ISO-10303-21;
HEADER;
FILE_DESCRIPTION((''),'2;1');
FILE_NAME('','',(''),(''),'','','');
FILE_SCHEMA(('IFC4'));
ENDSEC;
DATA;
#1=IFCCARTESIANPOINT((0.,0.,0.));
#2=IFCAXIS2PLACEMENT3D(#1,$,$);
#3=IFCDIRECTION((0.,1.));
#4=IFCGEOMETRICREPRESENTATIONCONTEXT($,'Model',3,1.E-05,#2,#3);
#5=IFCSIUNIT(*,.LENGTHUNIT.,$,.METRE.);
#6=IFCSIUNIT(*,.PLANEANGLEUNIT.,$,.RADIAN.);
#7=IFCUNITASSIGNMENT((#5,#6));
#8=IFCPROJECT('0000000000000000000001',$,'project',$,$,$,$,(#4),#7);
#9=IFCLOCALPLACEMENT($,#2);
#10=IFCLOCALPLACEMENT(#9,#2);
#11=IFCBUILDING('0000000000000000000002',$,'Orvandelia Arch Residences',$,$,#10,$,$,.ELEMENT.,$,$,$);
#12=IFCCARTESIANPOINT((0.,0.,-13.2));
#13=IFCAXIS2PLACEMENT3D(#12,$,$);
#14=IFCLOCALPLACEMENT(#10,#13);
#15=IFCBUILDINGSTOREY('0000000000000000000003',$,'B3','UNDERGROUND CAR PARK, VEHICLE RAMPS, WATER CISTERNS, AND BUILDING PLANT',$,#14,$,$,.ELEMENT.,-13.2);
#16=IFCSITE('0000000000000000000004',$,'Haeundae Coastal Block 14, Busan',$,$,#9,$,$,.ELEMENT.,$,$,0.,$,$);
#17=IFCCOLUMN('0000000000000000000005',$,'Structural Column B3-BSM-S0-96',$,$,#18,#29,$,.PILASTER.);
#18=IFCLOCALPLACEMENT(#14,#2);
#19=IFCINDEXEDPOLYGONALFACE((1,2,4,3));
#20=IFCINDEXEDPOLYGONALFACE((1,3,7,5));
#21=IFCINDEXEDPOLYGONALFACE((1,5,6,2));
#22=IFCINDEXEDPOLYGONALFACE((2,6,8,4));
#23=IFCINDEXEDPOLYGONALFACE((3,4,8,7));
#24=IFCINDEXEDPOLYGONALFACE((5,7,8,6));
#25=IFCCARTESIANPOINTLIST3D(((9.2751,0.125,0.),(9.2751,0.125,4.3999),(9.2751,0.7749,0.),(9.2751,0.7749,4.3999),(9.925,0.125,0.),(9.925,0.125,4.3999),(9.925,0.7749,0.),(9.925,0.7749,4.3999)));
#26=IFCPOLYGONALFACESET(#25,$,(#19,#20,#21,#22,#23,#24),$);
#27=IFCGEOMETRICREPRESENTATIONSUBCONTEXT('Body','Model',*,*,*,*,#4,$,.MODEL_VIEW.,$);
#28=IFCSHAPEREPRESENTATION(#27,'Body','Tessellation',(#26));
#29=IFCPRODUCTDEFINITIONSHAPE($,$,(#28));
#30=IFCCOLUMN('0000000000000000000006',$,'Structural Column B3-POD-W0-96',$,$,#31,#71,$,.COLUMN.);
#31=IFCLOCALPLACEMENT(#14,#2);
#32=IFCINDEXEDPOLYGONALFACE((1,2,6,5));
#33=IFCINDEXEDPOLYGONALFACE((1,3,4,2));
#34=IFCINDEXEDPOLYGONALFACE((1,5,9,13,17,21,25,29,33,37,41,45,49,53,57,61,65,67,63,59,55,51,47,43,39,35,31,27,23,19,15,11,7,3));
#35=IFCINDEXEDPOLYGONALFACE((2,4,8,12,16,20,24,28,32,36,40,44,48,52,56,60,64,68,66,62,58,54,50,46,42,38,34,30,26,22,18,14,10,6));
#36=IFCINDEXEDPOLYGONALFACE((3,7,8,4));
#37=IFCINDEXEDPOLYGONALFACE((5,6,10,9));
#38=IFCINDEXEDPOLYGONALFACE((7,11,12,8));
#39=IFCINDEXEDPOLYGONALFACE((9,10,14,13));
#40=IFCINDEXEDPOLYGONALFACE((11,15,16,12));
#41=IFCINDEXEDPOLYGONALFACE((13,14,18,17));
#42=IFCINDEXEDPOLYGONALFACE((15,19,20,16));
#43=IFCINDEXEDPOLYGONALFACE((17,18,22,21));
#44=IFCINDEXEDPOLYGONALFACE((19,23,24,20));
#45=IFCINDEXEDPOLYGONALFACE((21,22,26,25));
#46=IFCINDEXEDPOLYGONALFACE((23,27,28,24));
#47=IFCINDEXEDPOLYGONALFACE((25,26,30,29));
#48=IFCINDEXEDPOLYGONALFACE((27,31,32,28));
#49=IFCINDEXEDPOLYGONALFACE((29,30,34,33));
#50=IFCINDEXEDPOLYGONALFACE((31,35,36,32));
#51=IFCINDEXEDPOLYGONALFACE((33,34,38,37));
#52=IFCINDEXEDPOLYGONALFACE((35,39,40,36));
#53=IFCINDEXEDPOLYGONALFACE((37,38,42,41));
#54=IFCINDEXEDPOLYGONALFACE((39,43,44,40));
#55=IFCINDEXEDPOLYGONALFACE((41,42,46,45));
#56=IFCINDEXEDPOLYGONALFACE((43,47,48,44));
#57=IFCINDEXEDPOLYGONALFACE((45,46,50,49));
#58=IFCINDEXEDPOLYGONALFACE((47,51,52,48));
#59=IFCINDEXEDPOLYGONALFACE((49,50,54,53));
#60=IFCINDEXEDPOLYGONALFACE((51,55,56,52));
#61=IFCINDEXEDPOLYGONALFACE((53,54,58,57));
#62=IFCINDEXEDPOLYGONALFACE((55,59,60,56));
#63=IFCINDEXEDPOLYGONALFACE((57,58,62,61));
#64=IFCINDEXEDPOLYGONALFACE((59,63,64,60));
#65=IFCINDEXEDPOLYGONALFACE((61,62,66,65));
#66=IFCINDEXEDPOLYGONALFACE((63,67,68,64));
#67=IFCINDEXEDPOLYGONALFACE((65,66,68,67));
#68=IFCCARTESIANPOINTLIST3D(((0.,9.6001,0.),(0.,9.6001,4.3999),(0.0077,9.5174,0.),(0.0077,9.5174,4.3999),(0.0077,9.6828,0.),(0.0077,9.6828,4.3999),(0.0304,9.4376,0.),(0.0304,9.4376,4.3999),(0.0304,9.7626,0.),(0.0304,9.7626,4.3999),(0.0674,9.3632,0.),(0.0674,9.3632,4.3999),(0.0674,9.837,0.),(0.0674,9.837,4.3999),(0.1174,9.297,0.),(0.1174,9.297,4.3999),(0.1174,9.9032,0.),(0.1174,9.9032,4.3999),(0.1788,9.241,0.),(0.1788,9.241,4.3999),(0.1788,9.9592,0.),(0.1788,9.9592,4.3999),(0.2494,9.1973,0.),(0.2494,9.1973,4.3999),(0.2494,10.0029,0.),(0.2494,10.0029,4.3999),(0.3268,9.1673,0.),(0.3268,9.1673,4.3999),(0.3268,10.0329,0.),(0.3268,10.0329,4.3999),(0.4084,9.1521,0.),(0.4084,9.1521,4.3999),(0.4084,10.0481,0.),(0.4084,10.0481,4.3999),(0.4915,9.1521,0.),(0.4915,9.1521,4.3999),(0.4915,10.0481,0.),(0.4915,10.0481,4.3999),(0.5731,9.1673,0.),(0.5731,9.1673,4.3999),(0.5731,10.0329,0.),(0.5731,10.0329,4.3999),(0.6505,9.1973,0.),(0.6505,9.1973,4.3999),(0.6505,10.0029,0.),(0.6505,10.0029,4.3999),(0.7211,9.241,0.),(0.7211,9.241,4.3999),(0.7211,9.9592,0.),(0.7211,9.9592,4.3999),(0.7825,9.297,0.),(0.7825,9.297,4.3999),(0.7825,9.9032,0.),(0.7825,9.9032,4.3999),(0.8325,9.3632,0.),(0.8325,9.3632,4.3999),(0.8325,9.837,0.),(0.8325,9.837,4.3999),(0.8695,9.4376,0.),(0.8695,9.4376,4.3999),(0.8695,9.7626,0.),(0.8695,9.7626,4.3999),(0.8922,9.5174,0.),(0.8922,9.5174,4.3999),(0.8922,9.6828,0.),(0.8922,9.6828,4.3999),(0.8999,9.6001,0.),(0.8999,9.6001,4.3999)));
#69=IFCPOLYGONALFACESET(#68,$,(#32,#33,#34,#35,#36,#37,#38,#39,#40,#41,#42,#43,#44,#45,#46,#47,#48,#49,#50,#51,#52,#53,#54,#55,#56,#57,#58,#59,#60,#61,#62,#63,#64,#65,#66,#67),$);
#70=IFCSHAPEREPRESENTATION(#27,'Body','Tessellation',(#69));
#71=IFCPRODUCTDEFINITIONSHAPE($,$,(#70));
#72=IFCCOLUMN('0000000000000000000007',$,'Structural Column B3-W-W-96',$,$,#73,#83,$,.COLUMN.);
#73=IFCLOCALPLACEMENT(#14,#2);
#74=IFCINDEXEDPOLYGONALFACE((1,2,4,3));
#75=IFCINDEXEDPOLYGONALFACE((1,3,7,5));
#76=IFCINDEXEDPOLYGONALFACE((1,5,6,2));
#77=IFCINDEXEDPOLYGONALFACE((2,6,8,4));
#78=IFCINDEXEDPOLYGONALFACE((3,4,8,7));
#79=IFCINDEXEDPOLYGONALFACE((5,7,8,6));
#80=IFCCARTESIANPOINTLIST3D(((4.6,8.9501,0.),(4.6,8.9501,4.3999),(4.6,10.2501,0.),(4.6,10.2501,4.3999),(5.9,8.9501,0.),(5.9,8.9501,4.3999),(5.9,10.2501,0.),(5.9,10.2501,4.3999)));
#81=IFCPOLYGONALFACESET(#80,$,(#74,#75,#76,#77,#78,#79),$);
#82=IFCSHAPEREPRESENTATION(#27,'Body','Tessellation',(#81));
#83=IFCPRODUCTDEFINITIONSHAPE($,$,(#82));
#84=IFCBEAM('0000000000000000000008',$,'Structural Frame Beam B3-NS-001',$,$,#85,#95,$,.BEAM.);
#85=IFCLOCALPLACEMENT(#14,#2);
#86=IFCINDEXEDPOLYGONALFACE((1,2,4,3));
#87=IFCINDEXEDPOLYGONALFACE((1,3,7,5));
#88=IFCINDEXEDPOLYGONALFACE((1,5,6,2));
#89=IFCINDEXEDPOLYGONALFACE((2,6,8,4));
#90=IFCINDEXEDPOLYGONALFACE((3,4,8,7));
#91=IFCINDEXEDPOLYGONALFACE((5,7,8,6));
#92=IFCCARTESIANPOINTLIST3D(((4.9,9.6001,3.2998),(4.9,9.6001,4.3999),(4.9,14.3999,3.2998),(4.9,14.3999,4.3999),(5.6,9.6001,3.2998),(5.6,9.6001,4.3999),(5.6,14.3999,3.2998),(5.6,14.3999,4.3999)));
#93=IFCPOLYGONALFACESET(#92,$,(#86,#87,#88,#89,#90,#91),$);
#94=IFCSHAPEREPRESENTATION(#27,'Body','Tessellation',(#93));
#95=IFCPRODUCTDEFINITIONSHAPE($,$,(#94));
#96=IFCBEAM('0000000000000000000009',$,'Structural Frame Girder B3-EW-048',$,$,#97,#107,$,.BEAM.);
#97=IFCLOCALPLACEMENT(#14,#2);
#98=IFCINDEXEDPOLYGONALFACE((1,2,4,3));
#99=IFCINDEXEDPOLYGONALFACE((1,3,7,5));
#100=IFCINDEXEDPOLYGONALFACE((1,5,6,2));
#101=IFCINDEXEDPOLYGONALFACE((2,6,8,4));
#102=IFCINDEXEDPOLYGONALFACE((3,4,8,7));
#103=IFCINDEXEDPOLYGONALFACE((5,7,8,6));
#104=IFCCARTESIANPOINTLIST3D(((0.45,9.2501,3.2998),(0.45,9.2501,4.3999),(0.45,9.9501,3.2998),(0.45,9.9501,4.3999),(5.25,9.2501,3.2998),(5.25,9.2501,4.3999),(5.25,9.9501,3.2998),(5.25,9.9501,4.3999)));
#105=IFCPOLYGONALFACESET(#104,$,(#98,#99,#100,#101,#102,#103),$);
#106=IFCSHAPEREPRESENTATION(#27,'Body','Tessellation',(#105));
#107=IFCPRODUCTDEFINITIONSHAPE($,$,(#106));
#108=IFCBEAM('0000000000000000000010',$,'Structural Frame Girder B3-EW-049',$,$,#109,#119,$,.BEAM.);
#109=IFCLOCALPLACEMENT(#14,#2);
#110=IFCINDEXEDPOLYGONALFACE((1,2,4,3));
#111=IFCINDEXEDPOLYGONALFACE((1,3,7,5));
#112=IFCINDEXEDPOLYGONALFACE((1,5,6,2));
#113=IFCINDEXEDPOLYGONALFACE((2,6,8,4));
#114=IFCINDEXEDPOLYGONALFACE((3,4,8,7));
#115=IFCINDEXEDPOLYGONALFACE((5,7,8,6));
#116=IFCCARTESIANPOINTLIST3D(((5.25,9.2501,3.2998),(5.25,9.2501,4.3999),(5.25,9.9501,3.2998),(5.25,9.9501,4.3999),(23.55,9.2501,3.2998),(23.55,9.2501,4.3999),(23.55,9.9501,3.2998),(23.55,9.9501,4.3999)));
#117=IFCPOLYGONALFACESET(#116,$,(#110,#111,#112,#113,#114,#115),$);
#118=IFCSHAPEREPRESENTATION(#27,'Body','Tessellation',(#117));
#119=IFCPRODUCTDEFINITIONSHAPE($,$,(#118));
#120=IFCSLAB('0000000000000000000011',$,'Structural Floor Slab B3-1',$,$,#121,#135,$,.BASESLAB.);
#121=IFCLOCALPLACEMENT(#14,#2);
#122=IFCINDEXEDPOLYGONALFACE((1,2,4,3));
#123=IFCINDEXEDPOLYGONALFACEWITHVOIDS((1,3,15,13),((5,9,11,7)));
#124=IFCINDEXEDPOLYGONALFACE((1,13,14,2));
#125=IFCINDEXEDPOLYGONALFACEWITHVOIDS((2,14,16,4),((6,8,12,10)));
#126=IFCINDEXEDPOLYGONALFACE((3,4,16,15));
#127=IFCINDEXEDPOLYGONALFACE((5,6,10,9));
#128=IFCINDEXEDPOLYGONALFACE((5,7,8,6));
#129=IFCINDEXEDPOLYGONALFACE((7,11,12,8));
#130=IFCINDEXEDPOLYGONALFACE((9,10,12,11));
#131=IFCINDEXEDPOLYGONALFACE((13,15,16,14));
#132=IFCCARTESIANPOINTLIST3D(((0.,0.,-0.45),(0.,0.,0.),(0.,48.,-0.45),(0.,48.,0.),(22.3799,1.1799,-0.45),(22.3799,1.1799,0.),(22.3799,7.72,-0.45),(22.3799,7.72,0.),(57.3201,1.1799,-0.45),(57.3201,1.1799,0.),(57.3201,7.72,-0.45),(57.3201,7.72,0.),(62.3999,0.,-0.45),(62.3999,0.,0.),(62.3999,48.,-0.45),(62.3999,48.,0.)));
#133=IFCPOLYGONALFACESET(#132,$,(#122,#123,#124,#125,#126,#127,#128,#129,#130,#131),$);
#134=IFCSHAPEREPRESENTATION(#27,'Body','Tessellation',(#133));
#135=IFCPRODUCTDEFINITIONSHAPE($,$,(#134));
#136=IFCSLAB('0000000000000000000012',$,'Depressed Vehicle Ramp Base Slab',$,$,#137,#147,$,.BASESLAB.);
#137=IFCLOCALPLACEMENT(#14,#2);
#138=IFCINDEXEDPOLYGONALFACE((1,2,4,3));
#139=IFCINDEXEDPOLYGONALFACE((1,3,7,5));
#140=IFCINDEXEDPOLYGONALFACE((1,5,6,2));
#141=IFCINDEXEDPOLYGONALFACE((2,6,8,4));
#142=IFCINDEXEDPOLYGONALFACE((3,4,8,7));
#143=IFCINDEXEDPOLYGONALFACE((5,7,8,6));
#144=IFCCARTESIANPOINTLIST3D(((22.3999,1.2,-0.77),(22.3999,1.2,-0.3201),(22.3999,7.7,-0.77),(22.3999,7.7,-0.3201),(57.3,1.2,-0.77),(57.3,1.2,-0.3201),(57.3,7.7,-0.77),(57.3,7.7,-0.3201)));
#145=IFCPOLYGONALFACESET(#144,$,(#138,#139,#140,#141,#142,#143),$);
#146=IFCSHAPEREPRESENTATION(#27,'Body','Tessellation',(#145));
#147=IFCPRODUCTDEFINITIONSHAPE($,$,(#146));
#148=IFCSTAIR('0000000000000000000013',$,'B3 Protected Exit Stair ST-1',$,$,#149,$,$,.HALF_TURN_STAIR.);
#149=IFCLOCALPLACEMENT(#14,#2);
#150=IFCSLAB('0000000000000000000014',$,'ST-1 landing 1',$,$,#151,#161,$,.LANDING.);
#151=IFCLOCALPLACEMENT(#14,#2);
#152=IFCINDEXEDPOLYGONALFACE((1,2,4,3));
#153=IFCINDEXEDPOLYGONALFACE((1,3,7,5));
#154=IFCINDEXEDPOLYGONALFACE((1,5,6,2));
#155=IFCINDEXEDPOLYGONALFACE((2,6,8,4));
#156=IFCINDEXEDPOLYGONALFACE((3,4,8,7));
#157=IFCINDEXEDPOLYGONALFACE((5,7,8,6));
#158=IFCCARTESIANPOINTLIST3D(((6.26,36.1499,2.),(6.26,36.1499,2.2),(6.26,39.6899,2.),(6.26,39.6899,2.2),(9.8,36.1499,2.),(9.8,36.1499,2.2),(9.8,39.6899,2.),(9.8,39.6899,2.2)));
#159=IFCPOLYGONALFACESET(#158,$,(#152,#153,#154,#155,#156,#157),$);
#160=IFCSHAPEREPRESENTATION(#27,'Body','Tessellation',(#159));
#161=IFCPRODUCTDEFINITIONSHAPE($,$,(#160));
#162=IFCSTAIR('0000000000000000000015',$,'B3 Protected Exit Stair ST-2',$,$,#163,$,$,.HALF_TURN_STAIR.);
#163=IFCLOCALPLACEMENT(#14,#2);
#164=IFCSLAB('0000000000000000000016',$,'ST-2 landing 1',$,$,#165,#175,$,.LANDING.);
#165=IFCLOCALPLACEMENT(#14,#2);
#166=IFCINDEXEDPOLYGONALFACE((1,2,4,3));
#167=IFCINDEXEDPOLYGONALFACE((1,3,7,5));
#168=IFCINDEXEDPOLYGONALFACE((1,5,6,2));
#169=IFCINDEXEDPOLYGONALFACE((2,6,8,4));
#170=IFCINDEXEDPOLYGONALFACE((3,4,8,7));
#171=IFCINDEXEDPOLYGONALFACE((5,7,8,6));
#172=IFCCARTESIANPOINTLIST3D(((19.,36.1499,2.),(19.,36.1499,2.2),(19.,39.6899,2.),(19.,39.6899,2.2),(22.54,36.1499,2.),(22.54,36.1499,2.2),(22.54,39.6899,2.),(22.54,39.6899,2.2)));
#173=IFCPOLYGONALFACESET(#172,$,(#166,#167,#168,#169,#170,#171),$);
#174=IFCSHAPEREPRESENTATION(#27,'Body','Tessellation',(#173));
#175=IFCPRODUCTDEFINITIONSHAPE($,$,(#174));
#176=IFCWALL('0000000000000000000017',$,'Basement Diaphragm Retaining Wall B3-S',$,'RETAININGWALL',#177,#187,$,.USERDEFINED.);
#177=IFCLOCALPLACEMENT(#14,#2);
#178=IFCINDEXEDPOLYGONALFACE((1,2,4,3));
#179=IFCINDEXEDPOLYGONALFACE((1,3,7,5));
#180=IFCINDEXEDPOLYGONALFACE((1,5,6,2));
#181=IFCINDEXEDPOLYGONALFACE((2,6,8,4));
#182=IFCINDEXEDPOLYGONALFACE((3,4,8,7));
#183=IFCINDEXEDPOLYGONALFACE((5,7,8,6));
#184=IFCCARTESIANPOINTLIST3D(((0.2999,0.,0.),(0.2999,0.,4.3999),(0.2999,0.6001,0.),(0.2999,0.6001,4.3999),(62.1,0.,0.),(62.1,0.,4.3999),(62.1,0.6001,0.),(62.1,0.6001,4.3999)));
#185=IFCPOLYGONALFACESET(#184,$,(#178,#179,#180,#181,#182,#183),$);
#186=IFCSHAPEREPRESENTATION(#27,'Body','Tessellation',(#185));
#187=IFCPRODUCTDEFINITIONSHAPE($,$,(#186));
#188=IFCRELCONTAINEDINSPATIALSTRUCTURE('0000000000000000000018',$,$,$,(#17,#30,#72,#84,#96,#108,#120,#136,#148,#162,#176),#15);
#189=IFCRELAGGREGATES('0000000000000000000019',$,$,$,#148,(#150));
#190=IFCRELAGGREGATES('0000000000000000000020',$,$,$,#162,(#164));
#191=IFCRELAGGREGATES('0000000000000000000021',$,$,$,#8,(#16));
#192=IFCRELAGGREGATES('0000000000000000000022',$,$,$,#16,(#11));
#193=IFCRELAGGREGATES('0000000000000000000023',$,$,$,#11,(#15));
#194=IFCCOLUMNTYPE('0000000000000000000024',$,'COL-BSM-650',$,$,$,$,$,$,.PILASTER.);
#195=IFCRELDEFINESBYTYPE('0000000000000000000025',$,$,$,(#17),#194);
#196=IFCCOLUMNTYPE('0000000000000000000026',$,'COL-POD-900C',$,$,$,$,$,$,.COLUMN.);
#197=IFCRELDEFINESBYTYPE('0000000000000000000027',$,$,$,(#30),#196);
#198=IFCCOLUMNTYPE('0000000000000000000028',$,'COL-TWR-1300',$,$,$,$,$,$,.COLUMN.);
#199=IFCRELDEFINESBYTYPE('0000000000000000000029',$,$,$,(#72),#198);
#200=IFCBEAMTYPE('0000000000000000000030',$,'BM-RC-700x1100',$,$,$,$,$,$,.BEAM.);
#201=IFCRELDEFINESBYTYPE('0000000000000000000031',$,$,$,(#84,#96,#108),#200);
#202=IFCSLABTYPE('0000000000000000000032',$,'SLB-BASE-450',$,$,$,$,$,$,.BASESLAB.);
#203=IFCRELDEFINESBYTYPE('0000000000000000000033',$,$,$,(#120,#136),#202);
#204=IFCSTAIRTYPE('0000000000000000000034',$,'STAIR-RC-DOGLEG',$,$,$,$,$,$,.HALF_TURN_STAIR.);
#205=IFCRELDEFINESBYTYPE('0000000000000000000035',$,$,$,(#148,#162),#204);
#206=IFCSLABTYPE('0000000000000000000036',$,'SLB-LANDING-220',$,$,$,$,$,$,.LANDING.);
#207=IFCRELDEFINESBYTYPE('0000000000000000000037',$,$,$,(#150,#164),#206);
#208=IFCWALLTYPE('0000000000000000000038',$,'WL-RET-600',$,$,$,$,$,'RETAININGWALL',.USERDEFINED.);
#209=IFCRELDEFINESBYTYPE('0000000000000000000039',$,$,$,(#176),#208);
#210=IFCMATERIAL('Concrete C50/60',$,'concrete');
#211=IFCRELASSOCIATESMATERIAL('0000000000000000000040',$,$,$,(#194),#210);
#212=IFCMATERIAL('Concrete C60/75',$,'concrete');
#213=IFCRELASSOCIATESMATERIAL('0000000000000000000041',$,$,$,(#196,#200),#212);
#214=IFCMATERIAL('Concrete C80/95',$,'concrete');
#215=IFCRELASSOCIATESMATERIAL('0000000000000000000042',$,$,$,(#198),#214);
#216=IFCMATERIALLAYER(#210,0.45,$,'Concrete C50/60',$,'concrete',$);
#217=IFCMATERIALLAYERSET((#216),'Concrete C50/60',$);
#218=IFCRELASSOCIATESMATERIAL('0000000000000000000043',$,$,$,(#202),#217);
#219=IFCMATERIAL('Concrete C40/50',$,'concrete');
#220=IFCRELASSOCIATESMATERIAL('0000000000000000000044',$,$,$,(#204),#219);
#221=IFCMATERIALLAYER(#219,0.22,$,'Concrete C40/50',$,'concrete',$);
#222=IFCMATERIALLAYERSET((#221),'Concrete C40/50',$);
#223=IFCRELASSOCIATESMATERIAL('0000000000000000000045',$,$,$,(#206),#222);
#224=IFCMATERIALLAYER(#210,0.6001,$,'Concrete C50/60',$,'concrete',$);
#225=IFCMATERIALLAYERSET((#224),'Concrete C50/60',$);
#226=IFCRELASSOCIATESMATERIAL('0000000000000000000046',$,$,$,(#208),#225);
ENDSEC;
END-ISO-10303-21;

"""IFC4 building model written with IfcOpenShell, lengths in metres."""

from ifc_helpers import new_model, si_unit, direction, frame, frame_2d, origin, origin_2d, place, context, subcontext, project, spatial, polyline, rectangle, circle, outline, extrude, material, layer, layer_set, material_profile, profile_set, type_object, element, aggregate, save


model = new_model("IFC4")

# Units and contexts
model_context = context("Model", 3, precision=1e-05, world=origin(), true_north=direction((0.0, 1.0)))
body_context = subcontext(model_context, "Body", "Model", "MODEL_VIEW")
ifc_project = project(units=[si_unit("LENGTHUNIT", "METRE"), si_unit("PLANEANGLEUNIT", "RADIAN")], contexts=[model_context])

# Site, building, storey
site_placement = place(None, origin())
site = spatial("IfcSite", under=ifc_project, at=site_placement, Name="Haeundae Coastal Block 14, Busan", CompositionType="ELEMENT", RefElevation=0.0)
building_placement = place(site_placement, origin())
building = spatial("IfcBuilding", under=site, at=building_placement, Name="Orvandelia Arch Residences", CompositionType="ELEMENT")
storey_placement = place(building_placement, frame((0.0, 0.0, -13.2)))
storey = spatial("IfcBuildingStorey", under=building, at=storey_placement, Name="B3", Description="UNDERGROUND CAR PARK, VEHICLE RAMPS, WATER CISTERNS, AND BUILDING PLANT", CompositionType="ELEMENT", Elevation=-13.2)

# Shared definitions
ifc_material_1 = material(Name="Concrete C50/60", Category="concrete")

# Columns
ifc_material_profile_1 = material_profile(ifc_material_1, rectangle(XDim=0.6499, YDim=0.6499, at=origin_2d()), Name="Concrete C50/60", Category="concrete")
ifc_profile_set_1 = profile_set([ifc_material_profile_1], Name="Concrete C50/60")
column_type_1 = type_object("IfcColumnType", Name="COL-BSM-650", PredefinedType="PILASTER", material=ifc_profile_set_1)
for number, where, z_axis, x_axis, name in (
    (1, (9.6001, 0.45, 0.0), (0.0, 0.0, 1.0), (1.0, 0.0, 0.0), "Structural Column B3-BSM-S0-96"),
):
    element("IfcColumn", number, at=place(storey_placement, frame(where, z_axis=z_axis, x_axis=x_axis)), inside=storey, type_object=column_type_1, Name=name, PredefinedType="PILASTER", context=body_context, shape_type="SweptSolid", body=[
        extrude(rectangle(XDim=0.6499, YDim=0.6499, at=origin_2d()), origin(), (0.0, 0.0, 1.0), 4.3999),
    ])
ifc_material_2 = material(Name="Concrete C60/75", Category="concrete")
ifc_material_profile_2 = material_profile(ifc_material_2, circle(Radius=0.45, at=origin_2d()), Name="Concrete C60/75", Category="concrete")
ifc_profile_set_2 = profile_set([ifc_material_profile_2], Name="Concrete C60/75")
column_type_2 = type_object("IfcColumnType", Name="COL-POD-900C", PredefinedType="COLUMN", material=ifc_profile_set_2)
column_1_placement = place(storey_placement, frame((0.45, 9.6001, 0.0), z_axis=(0.0, 0.0, 1.0), x_axis=(1.0, 0.0, 0.0)))
element("IfcColumn", 2, at=column_1_placement, inside=storey, type_object=column_type_2, Name="Structural Column B3-POD-W0-96", PredefinedType="COLUMN", context=body_context, shape_type="SweptSolid", body=[
    extrude(circle(Radius=0.45, at=origin_2d()), origin(), (0.0, 0.0, 1.0), 4.3999),
])
ifc_material_3 = material(Name="Concrete C80/95", Category="concrete")
ifc_material_profile_3 = material_profile(ifc_material_3, rectangle(XDim=1.3, YDim=1.3, at=origin_2d()), Name="Concrete C80/95", Category="concrete")
ifc_profile_set_3 = profile_set([ifc_material_profile_3], Name="Concrete C80/95")
column_type_3 = type_object("IfcColumnType", Name="COL-TWR-1300", PredefinedType="COLUMN", material=ifc_profile_set_3)
column_2_placement = place(storey_placement, frame((5.25, 9.6001, 0.0), z_axis=(0.0, 0.0, 1.0), x_axis=(1.0, 0.0, 0.0)))
element("IfcColumn", 3, at=column_2_placement, inside=storey, type_object=column_type_3, Name="Structural Column B3-W-W-96", PredefinedType="COLUMN", context=body_context, shape_type="SweptSolid", body=[
    extrude(rectangle(XDim=1.3, YDim=1.3, at=origin_2d()), origin(), (0.0, 0.0, 1.0), 4.3999),
])

# Beams
ifc_material_profile_4 = material_profile(ifc_material_2, rectangle(XDim=0.7, YDim=1.1001, at=origin_2d()), Name="Concrete C60/75", Category="concrete")
ifc_profile_set_4 = profile_set([ifc_material_profile_4], Name="Concrete C60/75")
beam_type = type_object("IfcBeamType", Name="BM-RC-700x1100", PredefinedType="BEAM", material=ifc_profile_set_4)
beam_1_placement = place(storey_placement, frame((5.25, 9.6001, 3.8499), z_axis=(0.0, 1.0, 0.0), x_axis=(-1.0, 0.0, 0.0)))
element("IfcBeam", 4, at=beam_1_placement, inside=storey, type_object=beam_type, Name="Structural Frame Beam B3-NS-001", PredefinedType="BEAM", context=body_context, shape_type="SweptSolid", body=[
    extrude(rectangle(XDim=0.7, YDim=1.1001, at=origin_2d()), origin(), (0.0, 0.0, 1.0), 4.7998),
])
beam_2_placement = place(storey_placement, frame((0.45, 9.6001, 3.8499), z_axis=(1.0, 0.0, 0.0), x_axis=(0.0, 1.0, 0.0)))
element("IfcBeam", 5, at=beam_2_placement, inside=storey, type_object=beam_type, Name="Structural Frame Girder B3-EW-048", PredefinedType="BEAM", context=body_context, shape_type="SweptSolid", body=[
    extrude(rectangle(XDim=0.7, YDim=1.1001, at=origin_2d()), origin(), (0.0, 0.0, 1.0), 4.8),
])
beam_3_placement = place(storey_placement, frame((5.25, 9.6001, 3.8499), z_axis=(1.0, 0.0, 0.0), x_axis=(0.0, 1.0, 0.0)))
element("IfcBeam", 6, at=beam_3_placement, inside=storey, type_object=beam_type, Name="Structural Frame Girder B3-EW-049", PredefinedType="BEAM", context=body_context, shape_type="SweptSolid", body=[
    extrude(rectangle(XDim=0.7, YDim=1.1001, at=origin_2d()), origin(), (0.0, 0.0, 1.0), 18.3),
])

# Slabs
ifc_layer_1 = layer(ifc_material_1, 0.45, Name="Concrete C50/60", Category="concrete")
ifc_layer_set_1 = layer_set([ifc_layer_1], Name="Concrete C50/60")
slab_type_1 = type_object("IfcSlabType", Name="SLB-BASE-450", PredefinedType="BASESLAB", material=ifc_layer_set_1)
slab_1_placement = place(storey_placement, frame((0.0, 0.0, -0.45)))
element("IfcSlab", 7, at=slab_1_placement, inside=storey, type_object=slab_type_1, Name="Structural Floor Slab B3-1", PredefinedType="BASESLAB", context=body_context, shape_type="SweptSolid", body=[
    extrude(outline(polyline([(0.0, 0.0), (62.3999, 0.0), (62.3999, 48.0), (0.0, 48.0), (0.0, 0.0)]), holes=[polyline([(22.3799, 1.1799), (57.3201, 1.1799), (57.3201, 7.72), (22.3799, 7.72), (22.3799, 1.1799)])]), origin(), (0.0, 0.0, 1.0), 0.45),
])
slab_2_placement = place(storey_placement, frame((0.0, 0.0, -0.77)))
element("IfcSlab", 8, at=slab_2_placement, inside=storey, type_object=slab_type_1, Name="Depressed Vehicle Ramp Base Slab", PredefinedType="BASESLAB", context=body_context, shape_type="SweptSolid", body=[
    extrude(outline(polyline([(22.3999, 1.2), (57.3, 1.2), (57.3, 7.7), (22.3999, 7.7), (22.3999, 1.2)])), origin(), (0.0, 0.0, 1.0), 0.45),
])

# Stairs, slabs
ifc_material_4 = material(Name="Concrete C40/50", Category="concrete")
stair_type = type_object("IfcStairType", Name="STAIR-RC-DOGLEG", PredefinedType="HALF_TURN_STAIR", material=ifc_material_4)
stair_1_placement = place(storey_placement, origin())
stair_1 = element("IfcStair", 9, at=stair_1_placement, inside=storey, type_object=stair_type, Name="B3 Protected Exit Stair ST-1", PredefinedType="HALF_TURN_STAIR")
ifc_layer_2 = layer(ifc_material_4, 0.22, Name="Concrete C40/50", Category="concrete")
ifc_layer_set_2 = layer_set([ifc_layer_2], Name="Concrete C40/50")
slab_type_2 = type_object("IfcSlabType", Name="SLB-LANDING-220", PredefinedType="LANDING", material=ifc_layer_set_2)
slab_3_placement = place(storey_placement, frame((0.0, 0.0, 2.0)))
slab_3 = element("IfcSlab", 10, at=slab_3_placement, type_object=slab_type_2, Name="ST-1 landing 1", PredefinedType="LANDING", context=body_context, shape_type="SweptSolid", body=[
    extrude(outline(polyline([(9.8, 36.1499), (9.8, 39.6899), (6.26, 39.6899), (6.26, 36.1499), (9.8, 36.1499)])), origin(), (0.0, 0.0, 1.0), 0.2),
])
aggregate(stair_1, [slab_3])
stair_2_placement = place(storey_placement, origin())
stair_2 = element("IfcStair", 11, at=stair_2_placement, inside=storey, type_object=stair_type, Name="B3 Protected Exit Stair ST-2", PredefinedType="HALF_TURN_STAIR")
slab_4_placement = place(storey_placement, frame((0.0, 0.0, 2.0)))
slab_4 = element("IfcSlab", 12, at=slab_4_placement, type_object=slab_type_2, Name="ST-2 landing 1", PredefinedType="LANDING", context=body_context, shape_type="SweptSolid", body=[
    extrude(outline(polyline([(22.54, 36.1499), (22.54, 39.6899), (19.0, 39.6899), (19.0, 36.1499), (22.54, 36.1499)])), origin(), (0.0, 0.0, 1.0), 0.2),
])
aggregate(stair_2, [slab_4])

# Wall
ifc_layer_3 = layer(ifc_material_1, 0.6001, Name="Concrete C50/60", Category="concrete")
ifc_layer_set_3 = layer_set([ifc_layer_3], Name="Concrete C50/60")
wall_type = type_object("IfcWallType", Name="WL-RET-600", ElementType="RETAININGWALL", PredefinedType="USERDEFINED", material=ifc_layer_set_3)
wall_placement = place(storey_placement, frame((0.3, 0.3, 0.0), z_axis=(0.0, 0.0, 1.0), x_axis=(1.0, 0.0, 0.0)))
element("IfcWall", 13, at=wall_placement, inside=storey, type_object=wall_type, Name="Basement Diaphragm Retaining Wall B3-S", ObjectType="RETAININGWALL", PredefinedType="USERDEFINED", context=body_context, shape_type="SweptSolid", body=[
    extrude(rectangle(XDim=61.8, YDim=0.6001, at=frame_2d((30.8999, 0.0))), origin(), (0.0, 0.0, 1.0), 4.3999),
])

save(model, "model.ifc")
